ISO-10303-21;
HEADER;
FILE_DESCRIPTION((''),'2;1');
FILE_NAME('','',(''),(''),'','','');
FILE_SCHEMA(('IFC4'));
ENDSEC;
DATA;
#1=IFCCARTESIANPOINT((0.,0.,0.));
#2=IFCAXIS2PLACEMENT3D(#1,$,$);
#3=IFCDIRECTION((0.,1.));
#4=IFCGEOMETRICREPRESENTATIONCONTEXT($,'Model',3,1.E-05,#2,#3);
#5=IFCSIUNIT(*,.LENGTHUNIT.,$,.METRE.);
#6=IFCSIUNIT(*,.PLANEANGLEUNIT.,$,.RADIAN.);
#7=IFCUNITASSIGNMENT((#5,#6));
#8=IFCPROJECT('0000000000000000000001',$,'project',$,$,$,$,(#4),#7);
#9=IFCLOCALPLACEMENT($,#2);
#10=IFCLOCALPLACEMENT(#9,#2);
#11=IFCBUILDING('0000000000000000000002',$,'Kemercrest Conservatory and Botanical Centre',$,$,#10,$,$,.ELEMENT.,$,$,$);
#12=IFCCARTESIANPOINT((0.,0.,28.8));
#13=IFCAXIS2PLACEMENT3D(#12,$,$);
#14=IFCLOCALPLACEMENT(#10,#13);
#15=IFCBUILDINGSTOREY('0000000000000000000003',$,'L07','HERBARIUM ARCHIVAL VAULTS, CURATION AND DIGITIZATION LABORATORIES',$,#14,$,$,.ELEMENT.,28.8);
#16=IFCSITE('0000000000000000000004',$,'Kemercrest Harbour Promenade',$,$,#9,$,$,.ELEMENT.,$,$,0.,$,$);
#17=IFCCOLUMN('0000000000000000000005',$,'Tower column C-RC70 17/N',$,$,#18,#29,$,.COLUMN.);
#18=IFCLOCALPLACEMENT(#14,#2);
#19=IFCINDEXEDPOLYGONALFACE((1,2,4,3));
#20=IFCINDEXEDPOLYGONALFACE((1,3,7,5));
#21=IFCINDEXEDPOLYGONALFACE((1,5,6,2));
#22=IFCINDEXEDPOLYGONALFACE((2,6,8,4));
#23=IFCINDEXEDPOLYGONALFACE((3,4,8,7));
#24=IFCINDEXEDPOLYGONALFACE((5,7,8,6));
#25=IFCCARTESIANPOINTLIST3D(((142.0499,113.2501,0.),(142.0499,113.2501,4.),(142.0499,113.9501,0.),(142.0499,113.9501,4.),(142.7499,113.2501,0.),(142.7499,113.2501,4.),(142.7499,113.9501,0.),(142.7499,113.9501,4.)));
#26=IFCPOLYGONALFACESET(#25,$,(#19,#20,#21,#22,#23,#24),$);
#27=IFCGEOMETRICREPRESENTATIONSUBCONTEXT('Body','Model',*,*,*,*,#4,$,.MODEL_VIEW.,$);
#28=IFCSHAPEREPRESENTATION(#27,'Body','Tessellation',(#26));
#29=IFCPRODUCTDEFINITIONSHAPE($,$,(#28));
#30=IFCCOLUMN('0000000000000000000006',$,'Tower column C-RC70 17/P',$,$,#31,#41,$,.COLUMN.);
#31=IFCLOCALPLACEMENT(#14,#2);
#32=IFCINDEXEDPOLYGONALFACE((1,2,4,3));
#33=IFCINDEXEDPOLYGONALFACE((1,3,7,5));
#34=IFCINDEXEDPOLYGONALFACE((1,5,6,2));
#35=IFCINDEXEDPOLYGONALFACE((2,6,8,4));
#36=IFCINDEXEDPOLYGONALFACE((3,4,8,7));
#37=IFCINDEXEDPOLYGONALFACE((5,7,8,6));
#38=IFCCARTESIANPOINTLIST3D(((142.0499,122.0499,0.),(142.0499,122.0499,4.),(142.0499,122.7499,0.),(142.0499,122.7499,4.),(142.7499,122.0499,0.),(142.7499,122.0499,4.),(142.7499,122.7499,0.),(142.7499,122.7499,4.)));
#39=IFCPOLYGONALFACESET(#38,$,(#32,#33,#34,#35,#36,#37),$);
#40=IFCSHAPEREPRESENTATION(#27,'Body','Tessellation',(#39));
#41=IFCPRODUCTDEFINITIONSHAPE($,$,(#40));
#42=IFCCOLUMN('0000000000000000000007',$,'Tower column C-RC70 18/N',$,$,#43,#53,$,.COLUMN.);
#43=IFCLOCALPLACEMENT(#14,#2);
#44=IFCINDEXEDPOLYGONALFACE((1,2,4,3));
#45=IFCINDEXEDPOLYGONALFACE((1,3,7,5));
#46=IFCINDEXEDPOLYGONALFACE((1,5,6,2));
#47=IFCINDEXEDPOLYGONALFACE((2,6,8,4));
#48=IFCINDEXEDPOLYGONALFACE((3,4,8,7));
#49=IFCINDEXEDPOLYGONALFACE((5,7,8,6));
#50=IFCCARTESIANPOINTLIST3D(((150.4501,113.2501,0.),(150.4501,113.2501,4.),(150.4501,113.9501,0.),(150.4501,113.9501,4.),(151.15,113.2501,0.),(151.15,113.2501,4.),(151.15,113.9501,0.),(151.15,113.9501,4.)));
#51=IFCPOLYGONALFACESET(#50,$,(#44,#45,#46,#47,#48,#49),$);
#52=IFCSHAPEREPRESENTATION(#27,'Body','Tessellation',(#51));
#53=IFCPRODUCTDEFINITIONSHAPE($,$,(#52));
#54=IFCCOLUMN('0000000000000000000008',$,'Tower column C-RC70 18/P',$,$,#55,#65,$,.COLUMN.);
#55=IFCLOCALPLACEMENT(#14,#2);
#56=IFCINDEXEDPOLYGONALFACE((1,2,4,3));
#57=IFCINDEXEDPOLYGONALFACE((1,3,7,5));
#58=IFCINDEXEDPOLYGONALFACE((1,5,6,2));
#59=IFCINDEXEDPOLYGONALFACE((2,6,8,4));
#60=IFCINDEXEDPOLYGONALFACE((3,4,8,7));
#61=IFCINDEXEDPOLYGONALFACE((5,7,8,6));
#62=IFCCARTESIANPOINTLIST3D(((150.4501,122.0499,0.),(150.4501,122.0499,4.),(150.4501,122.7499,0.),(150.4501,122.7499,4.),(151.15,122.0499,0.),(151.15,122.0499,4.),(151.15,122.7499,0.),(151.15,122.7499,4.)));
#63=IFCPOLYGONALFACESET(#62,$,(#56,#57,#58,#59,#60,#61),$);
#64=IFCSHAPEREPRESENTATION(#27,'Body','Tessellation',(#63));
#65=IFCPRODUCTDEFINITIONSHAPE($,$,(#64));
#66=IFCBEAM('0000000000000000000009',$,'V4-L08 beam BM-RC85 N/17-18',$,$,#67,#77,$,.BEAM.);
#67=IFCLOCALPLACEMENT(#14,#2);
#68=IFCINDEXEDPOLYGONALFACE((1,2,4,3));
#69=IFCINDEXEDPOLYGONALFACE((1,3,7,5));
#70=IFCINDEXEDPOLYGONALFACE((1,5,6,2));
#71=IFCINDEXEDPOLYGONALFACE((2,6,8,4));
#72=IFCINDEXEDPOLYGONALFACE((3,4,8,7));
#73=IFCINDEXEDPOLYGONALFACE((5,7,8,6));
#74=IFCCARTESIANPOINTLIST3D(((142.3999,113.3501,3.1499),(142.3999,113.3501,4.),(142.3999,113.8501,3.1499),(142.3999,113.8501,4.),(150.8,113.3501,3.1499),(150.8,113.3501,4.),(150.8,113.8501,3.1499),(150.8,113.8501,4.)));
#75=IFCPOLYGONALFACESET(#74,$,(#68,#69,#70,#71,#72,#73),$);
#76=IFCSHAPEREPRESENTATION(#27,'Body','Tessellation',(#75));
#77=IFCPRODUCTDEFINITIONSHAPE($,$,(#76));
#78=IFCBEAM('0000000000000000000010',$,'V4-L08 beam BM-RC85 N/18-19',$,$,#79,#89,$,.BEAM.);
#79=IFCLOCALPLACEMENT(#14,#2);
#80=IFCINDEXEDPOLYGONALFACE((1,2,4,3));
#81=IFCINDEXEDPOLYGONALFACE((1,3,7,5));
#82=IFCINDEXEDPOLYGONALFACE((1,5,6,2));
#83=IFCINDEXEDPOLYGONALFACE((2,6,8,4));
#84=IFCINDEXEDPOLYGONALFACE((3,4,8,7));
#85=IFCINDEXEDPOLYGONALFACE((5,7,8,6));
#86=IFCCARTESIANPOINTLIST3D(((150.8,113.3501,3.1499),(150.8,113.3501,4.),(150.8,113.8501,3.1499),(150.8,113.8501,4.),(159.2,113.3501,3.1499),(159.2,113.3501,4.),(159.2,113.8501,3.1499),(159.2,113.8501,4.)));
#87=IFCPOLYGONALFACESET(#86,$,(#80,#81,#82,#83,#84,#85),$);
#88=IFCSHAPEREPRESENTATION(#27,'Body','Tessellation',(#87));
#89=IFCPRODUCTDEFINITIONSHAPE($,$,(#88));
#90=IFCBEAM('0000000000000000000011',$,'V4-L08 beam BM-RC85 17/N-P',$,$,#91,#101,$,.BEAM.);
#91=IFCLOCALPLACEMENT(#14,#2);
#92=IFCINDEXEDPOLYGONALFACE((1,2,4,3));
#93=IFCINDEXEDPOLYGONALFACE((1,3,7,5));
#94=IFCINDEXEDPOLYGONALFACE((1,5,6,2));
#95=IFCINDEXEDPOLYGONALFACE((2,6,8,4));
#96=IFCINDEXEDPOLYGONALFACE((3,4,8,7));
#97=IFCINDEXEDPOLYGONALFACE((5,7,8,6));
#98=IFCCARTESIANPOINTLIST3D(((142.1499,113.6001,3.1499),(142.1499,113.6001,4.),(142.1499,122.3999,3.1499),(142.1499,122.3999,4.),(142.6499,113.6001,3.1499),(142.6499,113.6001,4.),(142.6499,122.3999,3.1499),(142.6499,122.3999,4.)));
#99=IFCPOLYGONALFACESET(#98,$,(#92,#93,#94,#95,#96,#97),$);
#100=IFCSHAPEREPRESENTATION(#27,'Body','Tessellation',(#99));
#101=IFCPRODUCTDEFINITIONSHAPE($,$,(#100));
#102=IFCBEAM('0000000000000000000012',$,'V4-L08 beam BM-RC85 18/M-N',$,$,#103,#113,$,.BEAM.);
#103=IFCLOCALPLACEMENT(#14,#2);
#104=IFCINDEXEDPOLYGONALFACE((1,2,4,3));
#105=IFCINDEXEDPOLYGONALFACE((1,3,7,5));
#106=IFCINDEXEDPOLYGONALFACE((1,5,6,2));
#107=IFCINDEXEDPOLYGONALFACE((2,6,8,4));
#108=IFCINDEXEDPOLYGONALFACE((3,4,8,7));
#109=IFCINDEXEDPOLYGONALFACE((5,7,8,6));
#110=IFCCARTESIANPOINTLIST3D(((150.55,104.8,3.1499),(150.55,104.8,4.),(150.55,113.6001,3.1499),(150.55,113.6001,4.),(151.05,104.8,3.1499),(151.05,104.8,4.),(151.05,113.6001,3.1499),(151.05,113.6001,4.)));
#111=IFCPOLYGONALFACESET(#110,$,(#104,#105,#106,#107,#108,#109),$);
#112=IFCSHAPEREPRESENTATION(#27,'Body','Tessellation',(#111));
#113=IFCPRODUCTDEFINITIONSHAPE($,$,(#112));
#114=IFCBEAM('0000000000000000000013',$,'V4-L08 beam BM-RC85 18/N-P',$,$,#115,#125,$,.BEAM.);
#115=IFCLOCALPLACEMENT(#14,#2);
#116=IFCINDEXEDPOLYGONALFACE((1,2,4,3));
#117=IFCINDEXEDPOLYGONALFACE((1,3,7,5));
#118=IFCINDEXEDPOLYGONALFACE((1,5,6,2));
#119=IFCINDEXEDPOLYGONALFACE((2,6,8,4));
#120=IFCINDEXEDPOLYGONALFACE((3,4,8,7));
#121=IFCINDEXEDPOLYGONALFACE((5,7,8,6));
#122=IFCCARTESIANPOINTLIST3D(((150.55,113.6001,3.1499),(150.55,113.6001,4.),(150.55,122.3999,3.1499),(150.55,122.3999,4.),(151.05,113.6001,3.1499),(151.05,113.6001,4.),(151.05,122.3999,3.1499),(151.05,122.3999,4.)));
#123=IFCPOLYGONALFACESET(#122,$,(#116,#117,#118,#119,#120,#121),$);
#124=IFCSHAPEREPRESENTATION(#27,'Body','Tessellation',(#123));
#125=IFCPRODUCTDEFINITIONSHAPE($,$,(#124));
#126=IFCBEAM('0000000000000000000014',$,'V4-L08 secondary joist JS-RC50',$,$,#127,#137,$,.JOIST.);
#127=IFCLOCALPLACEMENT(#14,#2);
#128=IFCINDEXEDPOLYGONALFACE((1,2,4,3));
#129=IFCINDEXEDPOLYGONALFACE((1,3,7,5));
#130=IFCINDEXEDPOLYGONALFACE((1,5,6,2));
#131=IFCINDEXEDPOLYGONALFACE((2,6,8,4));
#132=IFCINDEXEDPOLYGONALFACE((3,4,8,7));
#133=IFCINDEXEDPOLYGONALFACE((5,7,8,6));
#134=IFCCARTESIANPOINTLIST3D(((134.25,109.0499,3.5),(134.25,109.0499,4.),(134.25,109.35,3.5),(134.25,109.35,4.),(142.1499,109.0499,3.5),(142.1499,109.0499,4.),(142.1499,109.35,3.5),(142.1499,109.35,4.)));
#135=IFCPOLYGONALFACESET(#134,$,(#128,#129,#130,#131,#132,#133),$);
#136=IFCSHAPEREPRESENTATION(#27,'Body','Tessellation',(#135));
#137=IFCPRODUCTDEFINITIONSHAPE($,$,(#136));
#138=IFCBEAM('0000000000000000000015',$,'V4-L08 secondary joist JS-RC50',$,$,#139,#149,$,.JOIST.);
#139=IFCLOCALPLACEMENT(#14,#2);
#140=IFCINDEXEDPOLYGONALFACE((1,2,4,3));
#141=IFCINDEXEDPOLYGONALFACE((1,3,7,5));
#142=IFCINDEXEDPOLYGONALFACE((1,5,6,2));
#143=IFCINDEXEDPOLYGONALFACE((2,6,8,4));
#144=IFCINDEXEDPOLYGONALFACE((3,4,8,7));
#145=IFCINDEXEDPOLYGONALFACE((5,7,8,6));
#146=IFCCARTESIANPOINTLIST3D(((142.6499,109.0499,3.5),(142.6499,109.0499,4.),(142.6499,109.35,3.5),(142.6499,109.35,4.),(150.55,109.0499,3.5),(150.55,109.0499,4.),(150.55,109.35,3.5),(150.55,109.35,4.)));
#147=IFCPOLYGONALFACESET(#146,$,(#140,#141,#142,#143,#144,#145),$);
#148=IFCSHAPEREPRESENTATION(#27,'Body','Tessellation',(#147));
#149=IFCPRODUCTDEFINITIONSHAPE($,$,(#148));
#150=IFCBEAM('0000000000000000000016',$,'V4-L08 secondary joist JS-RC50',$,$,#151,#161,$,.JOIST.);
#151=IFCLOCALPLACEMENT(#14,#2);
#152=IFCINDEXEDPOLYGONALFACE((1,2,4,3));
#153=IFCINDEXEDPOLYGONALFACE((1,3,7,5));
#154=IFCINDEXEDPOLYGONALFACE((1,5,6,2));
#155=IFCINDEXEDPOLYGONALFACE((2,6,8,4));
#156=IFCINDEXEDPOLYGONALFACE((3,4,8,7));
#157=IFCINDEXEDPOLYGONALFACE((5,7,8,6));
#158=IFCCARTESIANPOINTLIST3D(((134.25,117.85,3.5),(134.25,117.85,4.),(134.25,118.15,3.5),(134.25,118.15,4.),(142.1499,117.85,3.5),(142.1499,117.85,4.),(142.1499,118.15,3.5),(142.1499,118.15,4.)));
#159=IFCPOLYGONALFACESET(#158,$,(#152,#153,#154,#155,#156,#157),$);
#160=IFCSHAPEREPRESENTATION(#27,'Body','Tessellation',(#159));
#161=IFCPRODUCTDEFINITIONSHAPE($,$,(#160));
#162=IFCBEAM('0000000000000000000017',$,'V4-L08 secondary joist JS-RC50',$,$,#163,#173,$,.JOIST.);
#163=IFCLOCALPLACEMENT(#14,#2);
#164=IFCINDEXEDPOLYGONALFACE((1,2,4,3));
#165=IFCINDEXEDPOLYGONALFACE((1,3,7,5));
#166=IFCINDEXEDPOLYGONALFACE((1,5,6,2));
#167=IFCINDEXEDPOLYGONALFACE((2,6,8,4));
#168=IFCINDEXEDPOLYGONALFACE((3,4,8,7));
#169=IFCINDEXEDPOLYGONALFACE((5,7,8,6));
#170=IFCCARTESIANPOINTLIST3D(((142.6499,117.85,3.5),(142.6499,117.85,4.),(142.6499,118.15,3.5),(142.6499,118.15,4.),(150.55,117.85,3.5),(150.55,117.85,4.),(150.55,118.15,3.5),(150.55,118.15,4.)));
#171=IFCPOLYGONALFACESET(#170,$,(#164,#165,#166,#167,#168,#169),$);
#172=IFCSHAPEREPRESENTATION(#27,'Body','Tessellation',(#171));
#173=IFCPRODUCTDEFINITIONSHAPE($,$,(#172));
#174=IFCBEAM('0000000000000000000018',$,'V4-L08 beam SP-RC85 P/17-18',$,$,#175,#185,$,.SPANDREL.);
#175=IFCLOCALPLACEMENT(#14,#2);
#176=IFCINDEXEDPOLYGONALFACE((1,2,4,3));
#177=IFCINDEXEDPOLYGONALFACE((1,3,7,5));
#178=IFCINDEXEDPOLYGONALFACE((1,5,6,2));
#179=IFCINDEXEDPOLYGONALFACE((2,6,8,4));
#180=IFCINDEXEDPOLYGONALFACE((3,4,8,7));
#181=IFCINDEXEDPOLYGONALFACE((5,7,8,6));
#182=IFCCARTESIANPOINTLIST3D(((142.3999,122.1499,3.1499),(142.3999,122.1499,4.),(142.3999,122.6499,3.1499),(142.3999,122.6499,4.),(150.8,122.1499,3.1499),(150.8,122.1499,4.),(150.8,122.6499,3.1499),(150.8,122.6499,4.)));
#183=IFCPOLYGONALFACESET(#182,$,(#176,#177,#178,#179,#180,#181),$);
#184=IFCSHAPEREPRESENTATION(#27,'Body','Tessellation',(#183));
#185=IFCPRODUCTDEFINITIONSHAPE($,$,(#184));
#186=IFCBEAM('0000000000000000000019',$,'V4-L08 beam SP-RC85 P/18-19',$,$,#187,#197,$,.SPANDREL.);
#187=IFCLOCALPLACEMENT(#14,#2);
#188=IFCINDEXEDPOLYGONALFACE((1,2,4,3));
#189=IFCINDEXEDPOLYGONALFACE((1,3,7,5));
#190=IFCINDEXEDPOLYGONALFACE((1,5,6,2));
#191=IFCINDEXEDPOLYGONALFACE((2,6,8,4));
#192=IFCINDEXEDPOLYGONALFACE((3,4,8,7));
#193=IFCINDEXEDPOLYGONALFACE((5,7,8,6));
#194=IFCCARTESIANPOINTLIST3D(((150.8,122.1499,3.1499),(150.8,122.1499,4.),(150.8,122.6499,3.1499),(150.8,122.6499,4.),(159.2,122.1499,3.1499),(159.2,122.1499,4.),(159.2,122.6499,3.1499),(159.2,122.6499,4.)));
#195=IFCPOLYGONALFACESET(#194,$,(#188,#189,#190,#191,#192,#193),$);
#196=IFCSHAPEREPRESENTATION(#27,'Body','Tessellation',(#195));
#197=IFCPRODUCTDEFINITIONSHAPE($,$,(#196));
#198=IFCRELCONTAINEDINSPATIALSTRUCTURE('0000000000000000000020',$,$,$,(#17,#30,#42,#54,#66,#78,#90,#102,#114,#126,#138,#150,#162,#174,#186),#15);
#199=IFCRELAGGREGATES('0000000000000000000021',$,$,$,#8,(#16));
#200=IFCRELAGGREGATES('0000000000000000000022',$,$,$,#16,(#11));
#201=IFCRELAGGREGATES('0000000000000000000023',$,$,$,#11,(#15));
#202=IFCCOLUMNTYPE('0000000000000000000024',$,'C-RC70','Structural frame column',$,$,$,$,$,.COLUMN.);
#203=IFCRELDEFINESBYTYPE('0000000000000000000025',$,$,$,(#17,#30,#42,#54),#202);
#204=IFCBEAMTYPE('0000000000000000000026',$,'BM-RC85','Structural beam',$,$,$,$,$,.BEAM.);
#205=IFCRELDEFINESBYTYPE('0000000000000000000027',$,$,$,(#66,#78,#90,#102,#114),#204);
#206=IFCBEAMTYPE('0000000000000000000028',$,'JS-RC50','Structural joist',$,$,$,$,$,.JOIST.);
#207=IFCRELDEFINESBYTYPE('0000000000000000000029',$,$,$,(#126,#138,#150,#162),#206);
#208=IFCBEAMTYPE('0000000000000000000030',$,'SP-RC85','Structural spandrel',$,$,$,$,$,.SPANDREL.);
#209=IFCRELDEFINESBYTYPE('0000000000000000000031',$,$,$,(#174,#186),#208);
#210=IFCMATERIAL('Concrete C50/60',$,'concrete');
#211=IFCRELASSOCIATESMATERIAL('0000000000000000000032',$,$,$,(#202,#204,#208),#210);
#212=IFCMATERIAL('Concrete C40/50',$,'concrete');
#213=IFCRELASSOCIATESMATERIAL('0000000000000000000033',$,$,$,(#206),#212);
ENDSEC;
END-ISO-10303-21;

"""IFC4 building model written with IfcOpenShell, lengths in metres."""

from ifc_helpers import new_model, si_unit, direction, frame, origin, origin_2d, place, context, subcontext, project, spatial, rectangle, extrude, material, material_profile, profile_set, type_object, element, save


model = new_model("IFC4")

# Units and contexts
model_context = context("Model", 3, precision=1e-05, world=origin(), true_north=direction((0.0, 1.0)))
body_context = subcontext(model_context, "Body", "Model", "MODEL_VIEW")
ifc_project = project(units=[si_unit("LENGTHUNIT", "METRE"), si_unit("PLANEANGLEUNIT", "RADIAN")], contexts=[model_context])

# Site, building, storey
site_placement = place(None, origin())
site = spatial("IfcSite", under=ifc_project, at=site_placement, Name="Kemercrest Harbour Promenade", CompositionType="ELEMENT", RefElevation=0.0)
building_placement = place(site_placement, origin())
building = spatial("IfcBuilding", under=site, at=building_placement, Name="Kemercrest Conservatory and Botanical Centre", CompositionType="ELEMENT")
storey_placement = place(building_placement, frame((0.0, 0.0, 28.8)))
storey = spatial("IfcBuildingStorey", under=building, at=storey_placement, Name="L07", Description="HERBARIUM ARCHIVAL VAULTS, CURATION AND DIGITIZATION LABORATORIES", CompositionType="ELEMENT", Elevation=28.8)

# Columns
ifc_material_1 = material(Name="Concrete C50/60", Category="concrete")
ifc_material_profile_1 = material_profile(ifc_material_1, rectangle(XDim=0.7, YDim=0.7, at=origin_2d()), Name="RC 700x700")
ifc_profile_set_1 = profile_set([ifc_material_profile_1], Name="Concrete C50/60")
column_type = type_object("IfcColumnType", Name="C-RC70", Description="Structural frame column", PredefinedType="COLUMN", material=ifc_profile_set_1)
for number, where, z_axis, x_axis, name in (
    (1, (142.3999, 113.6001, 0.0), (0.0, 0.0, 1.0), (1.0, 0.0, 0.0), "Tower column C-RC70 17/N"),
    (2, (142.3999, 122.3999, 0.0), (0.0, 0.0, 1.0), (1.0, 0.0, 0.0), "Tower column C-RC70 17/P"),
    (3, (150.8, 113.6001, 0.0), (0.0, 0.0, 1.0), (1.0, 0.0, 0.0), "Tower column C-RC70 18/N"),
    (4, (150.8, 122.3999, 0.0), (0.0, 0.0, 1.0), (1.0, 0.0, 0.0), "Tower column C-RC70 18/P"),
):
    element("IfcColumn", number, at=place(storey_placement, frame(where, z_axis=z_axis, x_axis=x_axis)), inside=storey, type_object=column_type, Name=name, PredefinedType="COLUMN", context=body_context, shape_type="SweptSolid", body=[
        extrude(rectangle(XDim=0.7, YDim=0.7, at=origin_2d()), origin(), (0.0, 0.0, 1.0), 4.0),
    ])

# Beams
ifc_material_profile_2 = material_profile(ifc_material_1, rectangle(XDim=0.5, YDim=0.8501, at=origin_2d()), Name="RC 500x850")
ifc_profile_set_2 = profile_set([ifc_material_profile_2], Name="Concrete C50/60")
beam_type_1 = type_object("IfcBeamType", Name="BM-RC85", Description="Structural beam", PredefinedType="BEAM", material=ifc_profile_set_2)
beam_1_placement = place(storey_placement, frame((142.3999, 113.6001, 3.575), z_axis=(1.0, 0.0, 0.0), x_axis=(0.0, 1.0, 0.0)))
element("IfcBeam", 5, at=beam_1_placement, inside=storey, type_object=beam_type_1, Name="V4-L08 beam BM-RC85 N/17-18", PredefinedType="BEAM", context=body_context, shape_type="SweptSolid", body=[
    extrude(rectangle(XDim=0.5, YDim=0.8501, at=origin_2d()), origin(), (0.0, 0.0, 1.0), 8.4001),
])
beam_2_placement = place(storey_placement, frame((150.8, 113.6001, 3.575), z_axis=(1.0, 0.0, 0.0), x_axis=(0.0, 1.0, 0.0)))
element("IfcBeam", 6, at=beam_2_placement, inside=storey, type_object=beam_type_1, Name="V4-L08 beam BM-RC85 N/18-19", PredefinedType="BEAM", context=body_context, shape_type="SweptSolid", body=[
    extrude(rectangle(XDim=0.5, YDim=0.8501, at=origin_2d()), origin(), (0.0, 0.0, 1.0), 8.3999),
])
beam_3_placement = place(storey_placement, frame((142.3999, 113.6001, 3.575), z_axis=(0.0, 1.0, 0.0), x_axis=(-1.0, 0.0, 0.0)))
element("IfcBeam", 7, at=beam_3_placement, inside=storey, type_object=beam_type_1, Name="V4-L08 beam BM-RC85 17/N-P", PredefinedType="BEAM", context=body_context, shape_type="SweptSolid", body=[
    extrude(rectangle(XDim=0.5, YDim=0.8501, at=origin_2d()), origin(), (0.0, 0.0, 1.0), 8.7998),
])
beam_4_placement = place(storey_placement, frame((150.8, 104.8, 3.575), z_axis=(0.0, 1.0, 0.0), x_axis=(-1.0, 0.0, 0.0)))
element("IfcBeam", 8, at=beam_4_placement, inside=storey, type_object=beam_type_1, Name="V4-L08 beam BM-RC85 18/M-N", PredefinedType="BEAM", context=body_context, shape_type="SweptSolid", body=[
    extrude(rectangle(XDim=0.5, YDim=0.8501, at=origin_2d()), origin(), (0.0, 0.0, 1.0), 8.8),
])
beam_5_placement = place(storey_placement, frame((150.8, 113.6001, 3.575), z_axis=(0.0, 1.0, 0.0), x_axis=(-1.0, 0.0, 0.0)))
element("IfcBeam", 9, at=beam_5_placement, inside=storey, type_object=beam_type_1, Name="V4-L08 beam BM-RC85 18/N-P", PredefinedType="BEAM", context=body_context, shape_type="SweptSolid", body=[
    extrude(rectangle(XDim=0.5, YDim=0.8501, at=origin_2d()), origin(), (0.0, 0.0, 1.0), 8.7998),
])
ifc_material_2 = material(Name="Concrete C40/50", Category="concrete")
ifc_material_profile_3 = material_profile(ifc_material_2, rectangle(XDim=0.3, YDim=0.5, at=origin_2d()), Name="RC 300x500")
ifc_profile_set_3 = profile_set([ifc_material_profile_3], Name="Concrete C40/50")
beam_type_2 = type_object("IfcBeamType", Name="JS-RC50", Description="Structural joist", PredefinedType="JOIST", material=ifc_profile_set_3)
beam_6_placement = place(storey_placement, frame((134.25, 109.2, 3.75), z_axis=(1.0, 0.0, 0.0), x_axis=(0.0, 1.0, 0.0)))
element("IfcBeam", 10, at=beam_6_placement, inside=storey, type_object=beam_type_2, Name="V4-L08 secondary joist JS-RC50", PredefinedType="JOIST", context=body_context, shape_type="SweptSolid", body=[
    extrude(rectangle(XDim=0.3, YDim=0.5, at=origin_2d()), origin(), (0.0, 0.0, 1.0), 7.8999),
])
beam_7_placement = place(storey_placement, frame((142.6499, 109.2, 3.75), z_axis=(1.0, 0.0, 0.0), x_axis=(0.0, 1.0, 0.0)))
element("IfcBeam", 11, at=beam_7_placement, inside=storey, type_object=beam_type_2, Name="V4-L08 secondary joist JS-RC50", PredefinedType="JOIST", context=body_context, shape_type="SweptSolid", body=[
    extrude(rectangle(XDim=0.3, YDim=0.5, at=origin_2d()), origin(), (0.0, 0.0, 1.0), 7.9001),
])
beam_8_placement = place(storey_placement, frame((134.25, 118.0, 3.75), z_axis=(1.0, 0.0, 0.0), x_axis=(0.0, 1.0, 0.0)))
element("IfcBeam", 12, at=beam_8_placement, inside=storey, type_object=beam_type_2, Name="V4-L08 secondary joist JS-RC50", PredefinedType="JOIST", context=body_context, shape_type="SweptSolid", body=[
    extrude(rectangle(XDim=0.3, YDim=0.5, at=origin_2d()), origin(), (0.0, 0.0, 1.0), 7.8999),
])
beam_9_placement = place(storey_placement, frame((142.6499, 118.0, 3.75), z_axis=(1.0, 0.0, 0.0), x_axis=(0.0, 1.0, 0.0)))
element("IfcBeam", 13, at=beam_9_placement, inside=storey, type_object=beam_type_2, Name="V4-L08 secondary joist JS-RC50", PredefinedType="JOIST", context=body_context, shape_type="SweptSolid", body=[
    extrude(rectangle(XDim=0.3, YDim=0.5, at=origin_2d()), origin(), (0.0, 0.0, 1.0), 7.9001),
])
ifc_material_profile_4 = material_profile(ifc_material_1, rectangle(XDim=0.5, YDim=0.8501, at=origin_2d()), Name="RC 500x850")
ifc_profile_set_4 = profile_set([ifc_material_profile_4], Name="Concrete C50/60")
beam_type_3 = type_object("IfcBeamType", Name="SP-RC85", Description="Structural spandrel", PredefinedType="SPANDREL", material=ifc_profile_set_4)
beam_10_placement = place(storey_placement, frame((142.3999, 122.3999, 3.575), z_axis=(1.0, 0.0, 0.0), x_axis=(0.0, 1.0, 0.0)))
element("IfcBeam", 14, at=beam_10_placement, inside=storey, type_object=beam_type_3, Name="V4-L08 beam SP-RC85 P/17-18", PredefinedType="SPANDREL", context=body_context, shape_type="SweptSolid", body=[
    extrude(rectangle(XDim=0.5, YDim=0.8501, at=origin_2d()), origin(), (0.0, 0.0, 1.0), 8.4001),
])
beam_11_placement = place(storey_placement, frame((150.8, 122.3999, 3.575), z_axis=(1.0, 0.0, 0.0), x_axis=(0.0, 1.0, 0.0)))
element("IfcBeam", 15, at=beam_11_placement, inside=storey, type_object=beam_type_3, Name="V4-L08 beam SP-RC85 P/18-19", PredefinedType="SPANDREL", context=body_context, shape_type="SweptSolid", body=[
    extrude(rectangle(XDim=0.5, YDim=0.8501, at=origin_2d()), origin(), (0.0, 0.0, 1.0), 8.3999),
])

save(model, "model.ifc")
